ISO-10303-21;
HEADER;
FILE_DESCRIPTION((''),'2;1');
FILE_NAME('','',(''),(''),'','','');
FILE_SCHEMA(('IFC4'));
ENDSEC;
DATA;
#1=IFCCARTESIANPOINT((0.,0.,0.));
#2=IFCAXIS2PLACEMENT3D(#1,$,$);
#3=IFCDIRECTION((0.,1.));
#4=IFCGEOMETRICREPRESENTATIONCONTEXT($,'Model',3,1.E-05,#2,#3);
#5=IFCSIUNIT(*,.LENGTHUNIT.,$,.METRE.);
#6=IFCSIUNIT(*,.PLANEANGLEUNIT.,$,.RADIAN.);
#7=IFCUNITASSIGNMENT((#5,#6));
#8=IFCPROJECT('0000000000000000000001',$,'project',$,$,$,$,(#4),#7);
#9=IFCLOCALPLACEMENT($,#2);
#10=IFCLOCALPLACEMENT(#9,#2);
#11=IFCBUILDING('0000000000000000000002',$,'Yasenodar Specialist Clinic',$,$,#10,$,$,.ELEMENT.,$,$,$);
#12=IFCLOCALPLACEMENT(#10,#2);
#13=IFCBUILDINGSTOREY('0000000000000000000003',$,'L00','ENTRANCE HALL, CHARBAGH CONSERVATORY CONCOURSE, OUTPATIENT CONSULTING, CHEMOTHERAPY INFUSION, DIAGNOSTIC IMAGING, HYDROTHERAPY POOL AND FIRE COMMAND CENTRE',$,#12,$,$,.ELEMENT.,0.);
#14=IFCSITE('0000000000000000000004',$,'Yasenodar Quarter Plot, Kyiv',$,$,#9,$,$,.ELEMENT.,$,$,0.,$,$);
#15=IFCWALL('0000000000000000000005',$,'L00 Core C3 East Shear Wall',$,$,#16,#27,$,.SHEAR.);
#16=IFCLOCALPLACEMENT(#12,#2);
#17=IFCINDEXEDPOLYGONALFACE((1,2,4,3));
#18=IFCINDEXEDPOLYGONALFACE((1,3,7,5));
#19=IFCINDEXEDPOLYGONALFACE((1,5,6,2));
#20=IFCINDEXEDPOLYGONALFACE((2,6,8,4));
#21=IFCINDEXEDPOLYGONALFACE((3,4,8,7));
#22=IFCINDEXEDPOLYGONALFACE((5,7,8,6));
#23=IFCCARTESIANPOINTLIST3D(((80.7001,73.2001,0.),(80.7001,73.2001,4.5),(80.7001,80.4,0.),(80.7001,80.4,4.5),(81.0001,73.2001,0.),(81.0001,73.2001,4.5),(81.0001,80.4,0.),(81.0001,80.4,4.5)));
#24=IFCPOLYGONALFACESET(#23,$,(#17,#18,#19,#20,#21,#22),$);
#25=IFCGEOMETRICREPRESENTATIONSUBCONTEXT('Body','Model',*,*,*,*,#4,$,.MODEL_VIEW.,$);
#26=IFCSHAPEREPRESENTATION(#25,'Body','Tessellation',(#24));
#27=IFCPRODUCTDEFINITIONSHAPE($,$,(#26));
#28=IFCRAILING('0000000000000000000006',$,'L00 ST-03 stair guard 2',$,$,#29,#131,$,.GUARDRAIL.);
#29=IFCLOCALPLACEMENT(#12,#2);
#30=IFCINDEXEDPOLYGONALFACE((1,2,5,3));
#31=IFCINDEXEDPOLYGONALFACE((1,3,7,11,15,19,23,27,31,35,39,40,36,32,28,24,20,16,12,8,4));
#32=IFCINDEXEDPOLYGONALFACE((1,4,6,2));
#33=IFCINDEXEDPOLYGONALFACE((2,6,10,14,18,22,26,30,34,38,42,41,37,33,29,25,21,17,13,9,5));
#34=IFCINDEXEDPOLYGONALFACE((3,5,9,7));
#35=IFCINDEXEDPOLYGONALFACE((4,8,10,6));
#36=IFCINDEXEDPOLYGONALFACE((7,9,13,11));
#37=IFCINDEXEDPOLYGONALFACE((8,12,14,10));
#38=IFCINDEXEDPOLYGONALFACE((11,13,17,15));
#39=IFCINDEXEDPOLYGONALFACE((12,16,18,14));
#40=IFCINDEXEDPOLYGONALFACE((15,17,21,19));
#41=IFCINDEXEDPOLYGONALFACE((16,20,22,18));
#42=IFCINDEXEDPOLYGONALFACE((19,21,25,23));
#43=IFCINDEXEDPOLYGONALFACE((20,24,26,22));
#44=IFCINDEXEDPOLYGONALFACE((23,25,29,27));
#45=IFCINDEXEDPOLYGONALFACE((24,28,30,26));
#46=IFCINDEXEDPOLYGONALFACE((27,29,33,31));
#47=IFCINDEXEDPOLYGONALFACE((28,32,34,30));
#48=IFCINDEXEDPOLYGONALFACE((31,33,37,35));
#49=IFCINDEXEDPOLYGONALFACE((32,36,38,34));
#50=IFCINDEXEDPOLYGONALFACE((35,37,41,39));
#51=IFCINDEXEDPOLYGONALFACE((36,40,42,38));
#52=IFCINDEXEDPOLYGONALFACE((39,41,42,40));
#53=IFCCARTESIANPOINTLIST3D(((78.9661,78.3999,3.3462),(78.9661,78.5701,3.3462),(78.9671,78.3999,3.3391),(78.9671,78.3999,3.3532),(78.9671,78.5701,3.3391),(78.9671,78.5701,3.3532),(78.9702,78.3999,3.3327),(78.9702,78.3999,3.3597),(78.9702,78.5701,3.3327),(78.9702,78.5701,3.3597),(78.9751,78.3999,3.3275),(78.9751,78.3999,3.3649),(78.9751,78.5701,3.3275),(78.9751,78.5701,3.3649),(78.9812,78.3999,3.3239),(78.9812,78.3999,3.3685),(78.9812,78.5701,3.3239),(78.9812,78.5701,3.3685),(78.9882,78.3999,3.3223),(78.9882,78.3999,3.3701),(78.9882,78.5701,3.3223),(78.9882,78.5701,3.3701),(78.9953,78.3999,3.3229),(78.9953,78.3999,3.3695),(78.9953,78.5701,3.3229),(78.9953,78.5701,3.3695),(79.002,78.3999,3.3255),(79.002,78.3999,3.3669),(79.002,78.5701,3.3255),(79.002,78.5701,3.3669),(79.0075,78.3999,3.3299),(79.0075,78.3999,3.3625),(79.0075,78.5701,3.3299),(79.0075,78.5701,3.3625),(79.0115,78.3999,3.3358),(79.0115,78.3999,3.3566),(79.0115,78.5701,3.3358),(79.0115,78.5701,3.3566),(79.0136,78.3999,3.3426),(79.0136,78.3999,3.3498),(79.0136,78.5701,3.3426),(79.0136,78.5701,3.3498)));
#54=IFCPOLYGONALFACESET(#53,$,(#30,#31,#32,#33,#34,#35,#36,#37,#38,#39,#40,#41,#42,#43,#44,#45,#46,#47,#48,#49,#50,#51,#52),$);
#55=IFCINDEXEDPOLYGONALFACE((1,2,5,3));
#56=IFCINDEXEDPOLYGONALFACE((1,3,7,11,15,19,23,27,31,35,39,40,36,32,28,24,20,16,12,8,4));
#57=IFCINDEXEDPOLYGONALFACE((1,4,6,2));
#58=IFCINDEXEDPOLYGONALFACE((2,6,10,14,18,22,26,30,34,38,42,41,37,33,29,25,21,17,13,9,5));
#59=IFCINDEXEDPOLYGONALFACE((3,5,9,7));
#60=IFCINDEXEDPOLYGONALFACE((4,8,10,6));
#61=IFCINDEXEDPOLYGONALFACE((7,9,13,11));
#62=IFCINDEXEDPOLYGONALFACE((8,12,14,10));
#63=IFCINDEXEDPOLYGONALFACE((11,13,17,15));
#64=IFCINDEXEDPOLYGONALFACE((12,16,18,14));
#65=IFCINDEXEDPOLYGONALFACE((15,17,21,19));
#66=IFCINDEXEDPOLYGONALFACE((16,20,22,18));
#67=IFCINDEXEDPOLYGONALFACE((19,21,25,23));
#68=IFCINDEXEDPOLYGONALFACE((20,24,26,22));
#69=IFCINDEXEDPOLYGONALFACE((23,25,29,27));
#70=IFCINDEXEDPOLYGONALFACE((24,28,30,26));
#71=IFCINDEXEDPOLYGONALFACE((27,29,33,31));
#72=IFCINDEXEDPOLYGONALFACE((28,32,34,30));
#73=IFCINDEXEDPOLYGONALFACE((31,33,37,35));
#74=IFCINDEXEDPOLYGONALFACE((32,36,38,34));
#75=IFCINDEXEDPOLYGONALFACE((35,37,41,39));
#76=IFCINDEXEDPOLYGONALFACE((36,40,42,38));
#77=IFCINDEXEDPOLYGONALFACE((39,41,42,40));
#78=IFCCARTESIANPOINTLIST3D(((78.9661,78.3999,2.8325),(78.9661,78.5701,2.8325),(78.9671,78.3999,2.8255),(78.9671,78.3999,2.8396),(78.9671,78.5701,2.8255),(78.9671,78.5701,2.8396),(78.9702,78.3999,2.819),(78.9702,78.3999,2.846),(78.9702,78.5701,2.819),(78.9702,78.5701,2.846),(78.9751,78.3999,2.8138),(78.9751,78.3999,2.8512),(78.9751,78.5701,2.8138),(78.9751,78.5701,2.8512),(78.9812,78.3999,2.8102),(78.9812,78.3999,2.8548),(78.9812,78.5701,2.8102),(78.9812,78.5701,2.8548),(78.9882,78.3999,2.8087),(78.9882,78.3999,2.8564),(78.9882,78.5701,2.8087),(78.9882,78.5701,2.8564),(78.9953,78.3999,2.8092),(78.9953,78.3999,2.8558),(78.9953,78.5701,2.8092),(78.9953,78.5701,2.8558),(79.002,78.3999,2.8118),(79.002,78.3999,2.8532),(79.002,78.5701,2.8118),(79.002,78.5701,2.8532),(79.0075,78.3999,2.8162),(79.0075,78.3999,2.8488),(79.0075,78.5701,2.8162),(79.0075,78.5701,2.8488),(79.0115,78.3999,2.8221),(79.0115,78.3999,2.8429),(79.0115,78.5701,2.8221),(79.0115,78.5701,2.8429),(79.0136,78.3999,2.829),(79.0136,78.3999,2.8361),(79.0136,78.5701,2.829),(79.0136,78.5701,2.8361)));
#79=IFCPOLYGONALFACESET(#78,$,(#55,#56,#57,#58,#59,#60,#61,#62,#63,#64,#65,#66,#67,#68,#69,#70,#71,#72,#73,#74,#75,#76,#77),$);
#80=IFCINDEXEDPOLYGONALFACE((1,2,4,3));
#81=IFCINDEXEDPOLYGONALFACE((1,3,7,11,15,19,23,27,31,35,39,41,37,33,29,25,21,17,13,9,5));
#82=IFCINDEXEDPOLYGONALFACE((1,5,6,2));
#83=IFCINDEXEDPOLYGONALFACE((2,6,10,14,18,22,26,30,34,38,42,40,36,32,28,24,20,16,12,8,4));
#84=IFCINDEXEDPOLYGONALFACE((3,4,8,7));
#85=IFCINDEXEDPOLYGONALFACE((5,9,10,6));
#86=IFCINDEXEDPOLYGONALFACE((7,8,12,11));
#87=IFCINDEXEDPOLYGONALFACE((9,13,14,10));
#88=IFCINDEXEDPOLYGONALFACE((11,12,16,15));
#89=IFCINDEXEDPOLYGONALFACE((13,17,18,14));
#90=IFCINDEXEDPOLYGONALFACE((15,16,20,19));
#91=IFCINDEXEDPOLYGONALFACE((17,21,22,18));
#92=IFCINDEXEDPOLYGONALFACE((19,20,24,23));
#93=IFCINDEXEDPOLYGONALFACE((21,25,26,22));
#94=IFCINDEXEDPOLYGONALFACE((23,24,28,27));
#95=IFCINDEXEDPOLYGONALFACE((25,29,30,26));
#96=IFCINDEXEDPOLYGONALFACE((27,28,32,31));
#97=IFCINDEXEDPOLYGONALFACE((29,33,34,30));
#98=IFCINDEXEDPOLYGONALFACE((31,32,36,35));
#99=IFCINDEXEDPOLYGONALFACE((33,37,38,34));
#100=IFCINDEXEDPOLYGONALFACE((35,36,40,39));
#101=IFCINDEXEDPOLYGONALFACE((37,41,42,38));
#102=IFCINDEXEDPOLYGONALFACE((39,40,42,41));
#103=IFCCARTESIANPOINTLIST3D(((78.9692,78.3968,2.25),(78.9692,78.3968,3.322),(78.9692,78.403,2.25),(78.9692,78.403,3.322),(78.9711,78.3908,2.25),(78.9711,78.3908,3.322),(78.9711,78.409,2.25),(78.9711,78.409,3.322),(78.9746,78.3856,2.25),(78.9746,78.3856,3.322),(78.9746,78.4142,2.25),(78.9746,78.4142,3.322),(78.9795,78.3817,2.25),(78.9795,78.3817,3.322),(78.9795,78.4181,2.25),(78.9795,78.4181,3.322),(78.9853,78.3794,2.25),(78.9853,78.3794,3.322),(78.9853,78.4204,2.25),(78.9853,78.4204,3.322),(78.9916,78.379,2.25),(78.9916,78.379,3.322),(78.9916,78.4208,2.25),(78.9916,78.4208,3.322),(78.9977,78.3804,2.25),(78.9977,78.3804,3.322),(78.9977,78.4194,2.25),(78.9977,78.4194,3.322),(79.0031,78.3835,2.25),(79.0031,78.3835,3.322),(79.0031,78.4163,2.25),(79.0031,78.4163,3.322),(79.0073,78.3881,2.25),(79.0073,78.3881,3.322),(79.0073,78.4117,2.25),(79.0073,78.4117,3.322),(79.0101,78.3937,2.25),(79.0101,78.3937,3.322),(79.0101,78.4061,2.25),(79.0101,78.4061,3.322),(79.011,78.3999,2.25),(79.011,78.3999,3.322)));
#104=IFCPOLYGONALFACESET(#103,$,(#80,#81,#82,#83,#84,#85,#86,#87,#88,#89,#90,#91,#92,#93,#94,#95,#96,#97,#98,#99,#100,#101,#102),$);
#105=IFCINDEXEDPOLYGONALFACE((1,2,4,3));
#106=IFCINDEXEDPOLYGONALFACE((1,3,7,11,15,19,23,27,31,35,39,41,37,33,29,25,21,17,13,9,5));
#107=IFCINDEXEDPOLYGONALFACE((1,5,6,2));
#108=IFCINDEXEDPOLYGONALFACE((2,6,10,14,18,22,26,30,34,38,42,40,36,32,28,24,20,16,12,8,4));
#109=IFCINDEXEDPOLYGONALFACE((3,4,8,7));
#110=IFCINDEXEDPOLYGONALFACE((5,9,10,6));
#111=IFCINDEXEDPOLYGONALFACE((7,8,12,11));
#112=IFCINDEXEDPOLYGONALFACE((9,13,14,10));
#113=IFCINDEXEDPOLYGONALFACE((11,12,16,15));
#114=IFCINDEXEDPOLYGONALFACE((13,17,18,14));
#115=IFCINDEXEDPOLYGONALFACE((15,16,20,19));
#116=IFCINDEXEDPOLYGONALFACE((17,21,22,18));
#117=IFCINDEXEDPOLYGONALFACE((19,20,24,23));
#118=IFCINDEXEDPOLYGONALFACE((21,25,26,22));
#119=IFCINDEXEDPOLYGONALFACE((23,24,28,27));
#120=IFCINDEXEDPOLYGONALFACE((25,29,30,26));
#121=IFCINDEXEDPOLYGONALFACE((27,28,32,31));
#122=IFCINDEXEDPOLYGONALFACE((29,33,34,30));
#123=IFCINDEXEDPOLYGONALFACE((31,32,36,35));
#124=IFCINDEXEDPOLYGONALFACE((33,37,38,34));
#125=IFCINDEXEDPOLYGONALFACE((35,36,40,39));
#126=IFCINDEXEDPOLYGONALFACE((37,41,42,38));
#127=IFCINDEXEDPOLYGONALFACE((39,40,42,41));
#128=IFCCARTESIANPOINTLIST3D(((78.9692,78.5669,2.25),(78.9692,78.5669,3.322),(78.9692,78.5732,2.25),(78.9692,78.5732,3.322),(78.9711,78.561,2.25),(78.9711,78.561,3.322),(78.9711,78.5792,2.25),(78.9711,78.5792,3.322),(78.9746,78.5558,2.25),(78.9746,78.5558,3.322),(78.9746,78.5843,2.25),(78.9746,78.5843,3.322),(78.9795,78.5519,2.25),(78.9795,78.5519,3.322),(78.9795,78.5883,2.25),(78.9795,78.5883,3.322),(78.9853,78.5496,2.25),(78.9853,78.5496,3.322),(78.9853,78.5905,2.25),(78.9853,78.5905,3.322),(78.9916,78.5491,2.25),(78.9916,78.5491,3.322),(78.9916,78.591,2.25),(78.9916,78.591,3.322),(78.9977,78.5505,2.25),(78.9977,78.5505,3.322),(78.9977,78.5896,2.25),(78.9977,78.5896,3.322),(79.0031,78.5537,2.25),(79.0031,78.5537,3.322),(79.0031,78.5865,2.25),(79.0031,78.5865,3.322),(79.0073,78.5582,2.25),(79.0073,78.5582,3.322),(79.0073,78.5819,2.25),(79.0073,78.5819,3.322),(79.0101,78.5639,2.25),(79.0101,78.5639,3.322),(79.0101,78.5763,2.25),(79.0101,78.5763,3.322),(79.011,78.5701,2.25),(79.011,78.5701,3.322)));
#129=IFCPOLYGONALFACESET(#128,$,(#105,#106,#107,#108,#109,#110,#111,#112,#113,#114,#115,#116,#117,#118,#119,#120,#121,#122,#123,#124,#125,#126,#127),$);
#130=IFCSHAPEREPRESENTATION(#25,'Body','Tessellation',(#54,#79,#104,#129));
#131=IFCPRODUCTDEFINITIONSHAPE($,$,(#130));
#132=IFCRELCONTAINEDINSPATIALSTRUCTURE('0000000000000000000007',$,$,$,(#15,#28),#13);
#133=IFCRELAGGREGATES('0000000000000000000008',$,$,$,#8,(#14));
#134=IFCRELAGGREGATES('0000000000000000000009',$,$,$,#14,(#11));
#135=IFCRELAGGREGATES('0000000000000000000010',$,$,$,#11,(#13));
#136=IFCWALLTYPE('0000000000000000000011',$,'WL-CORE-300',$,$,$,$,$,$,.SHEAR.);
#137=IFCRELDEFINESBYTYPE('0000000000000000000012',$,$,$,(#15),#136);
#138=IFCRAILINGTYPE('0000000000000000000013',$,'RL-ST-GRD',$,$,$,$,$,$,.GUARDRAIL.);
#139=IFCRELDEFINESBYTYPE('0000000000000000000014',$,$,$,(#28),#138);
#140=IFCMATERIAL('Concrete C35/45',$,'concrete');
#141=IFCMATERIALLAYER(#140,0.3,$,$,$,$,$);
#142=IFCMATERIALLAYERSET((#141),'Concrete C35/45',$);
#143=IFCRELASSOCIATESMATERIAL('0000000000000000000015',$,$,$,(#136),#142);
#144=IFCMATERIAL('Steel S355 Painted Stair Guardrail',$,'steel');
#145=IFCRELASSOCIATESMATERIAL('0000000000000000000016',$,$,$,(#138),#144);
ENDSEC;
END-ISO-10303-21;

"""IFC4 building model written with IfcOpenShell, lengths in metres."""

from ifc_helpers import new_model, si_unit, direction, frame, frame_2d, origin, origin_2d, place, context, subcontext, project, spatial, rectangle, circle, extrude, material, layer, layer_set, type_object, element, save


model = new_model("IFC4")

# Units and contexts
model_context = context("Model", 3, precision=1e-05, world=origin(), true_north=direction((0.0, 1.0)))
body_context = subcontext(model_context, "Body", "Model", "MODEL_VIEW")
ifc_project = project(units=[si_unit("LENGTHUNIT", "METRE"), si_unit("PLANEANGLEUNIT", "RADIAN")], contexts=[model_context])

# Site, building, storey
site_placement = place(None, origin())
site = spatial("IfcSite", under=ifc_project, at=site_placement, Name="Yasenodar Quarter Plot, Kyiv", CompositionType="ELEMENT", RefElevation=0.0)
building_placement = place(site_placement, origin())
building = spatial("IfcBuilding", under=site, at=building_placement, Name="Yasenodar Specialist Clinic", CompositionType="ELEMENT")
storey_placement = place(building_placement, origin())
storey = spatial("IfcBuildingStorey", under=building, at=storey_placement, Name="L00", Description="ENTRANCE HALL, CHARBAGH CONSERVATORY CONCOURSE, OUTPATIENT CONSULTING, CHEMOTHERAPY INFUSION, DIAGNOSTIC IMAGING, HYDROTHERAPY POOL AND FIRE COMMAND CENTRE", CompositionType="ELEMENT", Elevation=0.0)

# Shared definitions
ifc_material_1 = material(Name="Concrete C35/45", Category="concrete")

# Wall
ifc_layer_1 = layer(ifc_material_1, 0.3)
ifc_layer_set_1 = layer_set([ifc_layer_1], Name="Concrete C35/45")
wall_type_1 = type_object("IfcWallType", Name="WL-CORE-300", PredefinedType="SHEAR", material=ifc_layer_set_1)
wall_1_placement = place(storey_placement, frame((80.8501, 73.2, 0.0), z_axis=(0.0, 0.0, 1.0), x_axis=(0.0, 1.0, 0.0)))
element("IfcWall", 1, at=wall_1_placement, inside=storey, type_object=wall_type_1, Name="L00 Core C3 East Shear Wall", PredefinedType="SHEAR", context=body_context, shape_type="SweptSolid", body=[
    extrude(rectangle(XDim=7.2, YDim=0.3, at=frame_2d((3.6001, 0.0))), origin(), (0.0, 0.0, 1.0), 4.5),
])

# Railing
ifc_material_2 = material(Name="Steel S355 Painted Stair Guardrail", Category="steel")
railing_type = type_object("IfcRailingType", Name="RL-ST-GRD", PredefinedType="GUARDRAIL", material=ifc_material_2)
railing_1_placement = place(storey_placement, frame((78.99, 78.3999, 2.25)))
element("IfcRailing", 2, at=railing_1_placement, inside=storey, type_object=railing_type, Name="L00 ST-03 stair guard 2", PredefinedType="GUARDRAIL", context=body_context, shape_type="SweptSolid", body=[
    extrude(circle(Radius=0.0239, at=origin_2d()), frame((0.0, 0.0, 1.0962), z_axis=(0.0, 1.0, 0.0), x_axis=(-1.0, 0.0, 0.0)), (0.0, 0.0, 1.0), 0.1702),
    extrude(circle(Radius=0.0239, at=origin_2d()), frame((0.0, 0.0, 0.5825), z_axis=(0.0, 1.0, 0.0), x_axis=(-1.0, 0.0, 0.0)), (0.0, 0.0, 1.0), 0.1702),
    extrude(circle(Radius=0.021, at=origin_2d()), origin(), (0.0, 0.0, 1.0), 1.072),
    extrude(circle(Radius=0.021, at=origin_2d()), frame((0.0, 0.1702, 0.0)), (0.0, 0.0, 1.0), 1.072),
])

save(model, "model.ifc")
